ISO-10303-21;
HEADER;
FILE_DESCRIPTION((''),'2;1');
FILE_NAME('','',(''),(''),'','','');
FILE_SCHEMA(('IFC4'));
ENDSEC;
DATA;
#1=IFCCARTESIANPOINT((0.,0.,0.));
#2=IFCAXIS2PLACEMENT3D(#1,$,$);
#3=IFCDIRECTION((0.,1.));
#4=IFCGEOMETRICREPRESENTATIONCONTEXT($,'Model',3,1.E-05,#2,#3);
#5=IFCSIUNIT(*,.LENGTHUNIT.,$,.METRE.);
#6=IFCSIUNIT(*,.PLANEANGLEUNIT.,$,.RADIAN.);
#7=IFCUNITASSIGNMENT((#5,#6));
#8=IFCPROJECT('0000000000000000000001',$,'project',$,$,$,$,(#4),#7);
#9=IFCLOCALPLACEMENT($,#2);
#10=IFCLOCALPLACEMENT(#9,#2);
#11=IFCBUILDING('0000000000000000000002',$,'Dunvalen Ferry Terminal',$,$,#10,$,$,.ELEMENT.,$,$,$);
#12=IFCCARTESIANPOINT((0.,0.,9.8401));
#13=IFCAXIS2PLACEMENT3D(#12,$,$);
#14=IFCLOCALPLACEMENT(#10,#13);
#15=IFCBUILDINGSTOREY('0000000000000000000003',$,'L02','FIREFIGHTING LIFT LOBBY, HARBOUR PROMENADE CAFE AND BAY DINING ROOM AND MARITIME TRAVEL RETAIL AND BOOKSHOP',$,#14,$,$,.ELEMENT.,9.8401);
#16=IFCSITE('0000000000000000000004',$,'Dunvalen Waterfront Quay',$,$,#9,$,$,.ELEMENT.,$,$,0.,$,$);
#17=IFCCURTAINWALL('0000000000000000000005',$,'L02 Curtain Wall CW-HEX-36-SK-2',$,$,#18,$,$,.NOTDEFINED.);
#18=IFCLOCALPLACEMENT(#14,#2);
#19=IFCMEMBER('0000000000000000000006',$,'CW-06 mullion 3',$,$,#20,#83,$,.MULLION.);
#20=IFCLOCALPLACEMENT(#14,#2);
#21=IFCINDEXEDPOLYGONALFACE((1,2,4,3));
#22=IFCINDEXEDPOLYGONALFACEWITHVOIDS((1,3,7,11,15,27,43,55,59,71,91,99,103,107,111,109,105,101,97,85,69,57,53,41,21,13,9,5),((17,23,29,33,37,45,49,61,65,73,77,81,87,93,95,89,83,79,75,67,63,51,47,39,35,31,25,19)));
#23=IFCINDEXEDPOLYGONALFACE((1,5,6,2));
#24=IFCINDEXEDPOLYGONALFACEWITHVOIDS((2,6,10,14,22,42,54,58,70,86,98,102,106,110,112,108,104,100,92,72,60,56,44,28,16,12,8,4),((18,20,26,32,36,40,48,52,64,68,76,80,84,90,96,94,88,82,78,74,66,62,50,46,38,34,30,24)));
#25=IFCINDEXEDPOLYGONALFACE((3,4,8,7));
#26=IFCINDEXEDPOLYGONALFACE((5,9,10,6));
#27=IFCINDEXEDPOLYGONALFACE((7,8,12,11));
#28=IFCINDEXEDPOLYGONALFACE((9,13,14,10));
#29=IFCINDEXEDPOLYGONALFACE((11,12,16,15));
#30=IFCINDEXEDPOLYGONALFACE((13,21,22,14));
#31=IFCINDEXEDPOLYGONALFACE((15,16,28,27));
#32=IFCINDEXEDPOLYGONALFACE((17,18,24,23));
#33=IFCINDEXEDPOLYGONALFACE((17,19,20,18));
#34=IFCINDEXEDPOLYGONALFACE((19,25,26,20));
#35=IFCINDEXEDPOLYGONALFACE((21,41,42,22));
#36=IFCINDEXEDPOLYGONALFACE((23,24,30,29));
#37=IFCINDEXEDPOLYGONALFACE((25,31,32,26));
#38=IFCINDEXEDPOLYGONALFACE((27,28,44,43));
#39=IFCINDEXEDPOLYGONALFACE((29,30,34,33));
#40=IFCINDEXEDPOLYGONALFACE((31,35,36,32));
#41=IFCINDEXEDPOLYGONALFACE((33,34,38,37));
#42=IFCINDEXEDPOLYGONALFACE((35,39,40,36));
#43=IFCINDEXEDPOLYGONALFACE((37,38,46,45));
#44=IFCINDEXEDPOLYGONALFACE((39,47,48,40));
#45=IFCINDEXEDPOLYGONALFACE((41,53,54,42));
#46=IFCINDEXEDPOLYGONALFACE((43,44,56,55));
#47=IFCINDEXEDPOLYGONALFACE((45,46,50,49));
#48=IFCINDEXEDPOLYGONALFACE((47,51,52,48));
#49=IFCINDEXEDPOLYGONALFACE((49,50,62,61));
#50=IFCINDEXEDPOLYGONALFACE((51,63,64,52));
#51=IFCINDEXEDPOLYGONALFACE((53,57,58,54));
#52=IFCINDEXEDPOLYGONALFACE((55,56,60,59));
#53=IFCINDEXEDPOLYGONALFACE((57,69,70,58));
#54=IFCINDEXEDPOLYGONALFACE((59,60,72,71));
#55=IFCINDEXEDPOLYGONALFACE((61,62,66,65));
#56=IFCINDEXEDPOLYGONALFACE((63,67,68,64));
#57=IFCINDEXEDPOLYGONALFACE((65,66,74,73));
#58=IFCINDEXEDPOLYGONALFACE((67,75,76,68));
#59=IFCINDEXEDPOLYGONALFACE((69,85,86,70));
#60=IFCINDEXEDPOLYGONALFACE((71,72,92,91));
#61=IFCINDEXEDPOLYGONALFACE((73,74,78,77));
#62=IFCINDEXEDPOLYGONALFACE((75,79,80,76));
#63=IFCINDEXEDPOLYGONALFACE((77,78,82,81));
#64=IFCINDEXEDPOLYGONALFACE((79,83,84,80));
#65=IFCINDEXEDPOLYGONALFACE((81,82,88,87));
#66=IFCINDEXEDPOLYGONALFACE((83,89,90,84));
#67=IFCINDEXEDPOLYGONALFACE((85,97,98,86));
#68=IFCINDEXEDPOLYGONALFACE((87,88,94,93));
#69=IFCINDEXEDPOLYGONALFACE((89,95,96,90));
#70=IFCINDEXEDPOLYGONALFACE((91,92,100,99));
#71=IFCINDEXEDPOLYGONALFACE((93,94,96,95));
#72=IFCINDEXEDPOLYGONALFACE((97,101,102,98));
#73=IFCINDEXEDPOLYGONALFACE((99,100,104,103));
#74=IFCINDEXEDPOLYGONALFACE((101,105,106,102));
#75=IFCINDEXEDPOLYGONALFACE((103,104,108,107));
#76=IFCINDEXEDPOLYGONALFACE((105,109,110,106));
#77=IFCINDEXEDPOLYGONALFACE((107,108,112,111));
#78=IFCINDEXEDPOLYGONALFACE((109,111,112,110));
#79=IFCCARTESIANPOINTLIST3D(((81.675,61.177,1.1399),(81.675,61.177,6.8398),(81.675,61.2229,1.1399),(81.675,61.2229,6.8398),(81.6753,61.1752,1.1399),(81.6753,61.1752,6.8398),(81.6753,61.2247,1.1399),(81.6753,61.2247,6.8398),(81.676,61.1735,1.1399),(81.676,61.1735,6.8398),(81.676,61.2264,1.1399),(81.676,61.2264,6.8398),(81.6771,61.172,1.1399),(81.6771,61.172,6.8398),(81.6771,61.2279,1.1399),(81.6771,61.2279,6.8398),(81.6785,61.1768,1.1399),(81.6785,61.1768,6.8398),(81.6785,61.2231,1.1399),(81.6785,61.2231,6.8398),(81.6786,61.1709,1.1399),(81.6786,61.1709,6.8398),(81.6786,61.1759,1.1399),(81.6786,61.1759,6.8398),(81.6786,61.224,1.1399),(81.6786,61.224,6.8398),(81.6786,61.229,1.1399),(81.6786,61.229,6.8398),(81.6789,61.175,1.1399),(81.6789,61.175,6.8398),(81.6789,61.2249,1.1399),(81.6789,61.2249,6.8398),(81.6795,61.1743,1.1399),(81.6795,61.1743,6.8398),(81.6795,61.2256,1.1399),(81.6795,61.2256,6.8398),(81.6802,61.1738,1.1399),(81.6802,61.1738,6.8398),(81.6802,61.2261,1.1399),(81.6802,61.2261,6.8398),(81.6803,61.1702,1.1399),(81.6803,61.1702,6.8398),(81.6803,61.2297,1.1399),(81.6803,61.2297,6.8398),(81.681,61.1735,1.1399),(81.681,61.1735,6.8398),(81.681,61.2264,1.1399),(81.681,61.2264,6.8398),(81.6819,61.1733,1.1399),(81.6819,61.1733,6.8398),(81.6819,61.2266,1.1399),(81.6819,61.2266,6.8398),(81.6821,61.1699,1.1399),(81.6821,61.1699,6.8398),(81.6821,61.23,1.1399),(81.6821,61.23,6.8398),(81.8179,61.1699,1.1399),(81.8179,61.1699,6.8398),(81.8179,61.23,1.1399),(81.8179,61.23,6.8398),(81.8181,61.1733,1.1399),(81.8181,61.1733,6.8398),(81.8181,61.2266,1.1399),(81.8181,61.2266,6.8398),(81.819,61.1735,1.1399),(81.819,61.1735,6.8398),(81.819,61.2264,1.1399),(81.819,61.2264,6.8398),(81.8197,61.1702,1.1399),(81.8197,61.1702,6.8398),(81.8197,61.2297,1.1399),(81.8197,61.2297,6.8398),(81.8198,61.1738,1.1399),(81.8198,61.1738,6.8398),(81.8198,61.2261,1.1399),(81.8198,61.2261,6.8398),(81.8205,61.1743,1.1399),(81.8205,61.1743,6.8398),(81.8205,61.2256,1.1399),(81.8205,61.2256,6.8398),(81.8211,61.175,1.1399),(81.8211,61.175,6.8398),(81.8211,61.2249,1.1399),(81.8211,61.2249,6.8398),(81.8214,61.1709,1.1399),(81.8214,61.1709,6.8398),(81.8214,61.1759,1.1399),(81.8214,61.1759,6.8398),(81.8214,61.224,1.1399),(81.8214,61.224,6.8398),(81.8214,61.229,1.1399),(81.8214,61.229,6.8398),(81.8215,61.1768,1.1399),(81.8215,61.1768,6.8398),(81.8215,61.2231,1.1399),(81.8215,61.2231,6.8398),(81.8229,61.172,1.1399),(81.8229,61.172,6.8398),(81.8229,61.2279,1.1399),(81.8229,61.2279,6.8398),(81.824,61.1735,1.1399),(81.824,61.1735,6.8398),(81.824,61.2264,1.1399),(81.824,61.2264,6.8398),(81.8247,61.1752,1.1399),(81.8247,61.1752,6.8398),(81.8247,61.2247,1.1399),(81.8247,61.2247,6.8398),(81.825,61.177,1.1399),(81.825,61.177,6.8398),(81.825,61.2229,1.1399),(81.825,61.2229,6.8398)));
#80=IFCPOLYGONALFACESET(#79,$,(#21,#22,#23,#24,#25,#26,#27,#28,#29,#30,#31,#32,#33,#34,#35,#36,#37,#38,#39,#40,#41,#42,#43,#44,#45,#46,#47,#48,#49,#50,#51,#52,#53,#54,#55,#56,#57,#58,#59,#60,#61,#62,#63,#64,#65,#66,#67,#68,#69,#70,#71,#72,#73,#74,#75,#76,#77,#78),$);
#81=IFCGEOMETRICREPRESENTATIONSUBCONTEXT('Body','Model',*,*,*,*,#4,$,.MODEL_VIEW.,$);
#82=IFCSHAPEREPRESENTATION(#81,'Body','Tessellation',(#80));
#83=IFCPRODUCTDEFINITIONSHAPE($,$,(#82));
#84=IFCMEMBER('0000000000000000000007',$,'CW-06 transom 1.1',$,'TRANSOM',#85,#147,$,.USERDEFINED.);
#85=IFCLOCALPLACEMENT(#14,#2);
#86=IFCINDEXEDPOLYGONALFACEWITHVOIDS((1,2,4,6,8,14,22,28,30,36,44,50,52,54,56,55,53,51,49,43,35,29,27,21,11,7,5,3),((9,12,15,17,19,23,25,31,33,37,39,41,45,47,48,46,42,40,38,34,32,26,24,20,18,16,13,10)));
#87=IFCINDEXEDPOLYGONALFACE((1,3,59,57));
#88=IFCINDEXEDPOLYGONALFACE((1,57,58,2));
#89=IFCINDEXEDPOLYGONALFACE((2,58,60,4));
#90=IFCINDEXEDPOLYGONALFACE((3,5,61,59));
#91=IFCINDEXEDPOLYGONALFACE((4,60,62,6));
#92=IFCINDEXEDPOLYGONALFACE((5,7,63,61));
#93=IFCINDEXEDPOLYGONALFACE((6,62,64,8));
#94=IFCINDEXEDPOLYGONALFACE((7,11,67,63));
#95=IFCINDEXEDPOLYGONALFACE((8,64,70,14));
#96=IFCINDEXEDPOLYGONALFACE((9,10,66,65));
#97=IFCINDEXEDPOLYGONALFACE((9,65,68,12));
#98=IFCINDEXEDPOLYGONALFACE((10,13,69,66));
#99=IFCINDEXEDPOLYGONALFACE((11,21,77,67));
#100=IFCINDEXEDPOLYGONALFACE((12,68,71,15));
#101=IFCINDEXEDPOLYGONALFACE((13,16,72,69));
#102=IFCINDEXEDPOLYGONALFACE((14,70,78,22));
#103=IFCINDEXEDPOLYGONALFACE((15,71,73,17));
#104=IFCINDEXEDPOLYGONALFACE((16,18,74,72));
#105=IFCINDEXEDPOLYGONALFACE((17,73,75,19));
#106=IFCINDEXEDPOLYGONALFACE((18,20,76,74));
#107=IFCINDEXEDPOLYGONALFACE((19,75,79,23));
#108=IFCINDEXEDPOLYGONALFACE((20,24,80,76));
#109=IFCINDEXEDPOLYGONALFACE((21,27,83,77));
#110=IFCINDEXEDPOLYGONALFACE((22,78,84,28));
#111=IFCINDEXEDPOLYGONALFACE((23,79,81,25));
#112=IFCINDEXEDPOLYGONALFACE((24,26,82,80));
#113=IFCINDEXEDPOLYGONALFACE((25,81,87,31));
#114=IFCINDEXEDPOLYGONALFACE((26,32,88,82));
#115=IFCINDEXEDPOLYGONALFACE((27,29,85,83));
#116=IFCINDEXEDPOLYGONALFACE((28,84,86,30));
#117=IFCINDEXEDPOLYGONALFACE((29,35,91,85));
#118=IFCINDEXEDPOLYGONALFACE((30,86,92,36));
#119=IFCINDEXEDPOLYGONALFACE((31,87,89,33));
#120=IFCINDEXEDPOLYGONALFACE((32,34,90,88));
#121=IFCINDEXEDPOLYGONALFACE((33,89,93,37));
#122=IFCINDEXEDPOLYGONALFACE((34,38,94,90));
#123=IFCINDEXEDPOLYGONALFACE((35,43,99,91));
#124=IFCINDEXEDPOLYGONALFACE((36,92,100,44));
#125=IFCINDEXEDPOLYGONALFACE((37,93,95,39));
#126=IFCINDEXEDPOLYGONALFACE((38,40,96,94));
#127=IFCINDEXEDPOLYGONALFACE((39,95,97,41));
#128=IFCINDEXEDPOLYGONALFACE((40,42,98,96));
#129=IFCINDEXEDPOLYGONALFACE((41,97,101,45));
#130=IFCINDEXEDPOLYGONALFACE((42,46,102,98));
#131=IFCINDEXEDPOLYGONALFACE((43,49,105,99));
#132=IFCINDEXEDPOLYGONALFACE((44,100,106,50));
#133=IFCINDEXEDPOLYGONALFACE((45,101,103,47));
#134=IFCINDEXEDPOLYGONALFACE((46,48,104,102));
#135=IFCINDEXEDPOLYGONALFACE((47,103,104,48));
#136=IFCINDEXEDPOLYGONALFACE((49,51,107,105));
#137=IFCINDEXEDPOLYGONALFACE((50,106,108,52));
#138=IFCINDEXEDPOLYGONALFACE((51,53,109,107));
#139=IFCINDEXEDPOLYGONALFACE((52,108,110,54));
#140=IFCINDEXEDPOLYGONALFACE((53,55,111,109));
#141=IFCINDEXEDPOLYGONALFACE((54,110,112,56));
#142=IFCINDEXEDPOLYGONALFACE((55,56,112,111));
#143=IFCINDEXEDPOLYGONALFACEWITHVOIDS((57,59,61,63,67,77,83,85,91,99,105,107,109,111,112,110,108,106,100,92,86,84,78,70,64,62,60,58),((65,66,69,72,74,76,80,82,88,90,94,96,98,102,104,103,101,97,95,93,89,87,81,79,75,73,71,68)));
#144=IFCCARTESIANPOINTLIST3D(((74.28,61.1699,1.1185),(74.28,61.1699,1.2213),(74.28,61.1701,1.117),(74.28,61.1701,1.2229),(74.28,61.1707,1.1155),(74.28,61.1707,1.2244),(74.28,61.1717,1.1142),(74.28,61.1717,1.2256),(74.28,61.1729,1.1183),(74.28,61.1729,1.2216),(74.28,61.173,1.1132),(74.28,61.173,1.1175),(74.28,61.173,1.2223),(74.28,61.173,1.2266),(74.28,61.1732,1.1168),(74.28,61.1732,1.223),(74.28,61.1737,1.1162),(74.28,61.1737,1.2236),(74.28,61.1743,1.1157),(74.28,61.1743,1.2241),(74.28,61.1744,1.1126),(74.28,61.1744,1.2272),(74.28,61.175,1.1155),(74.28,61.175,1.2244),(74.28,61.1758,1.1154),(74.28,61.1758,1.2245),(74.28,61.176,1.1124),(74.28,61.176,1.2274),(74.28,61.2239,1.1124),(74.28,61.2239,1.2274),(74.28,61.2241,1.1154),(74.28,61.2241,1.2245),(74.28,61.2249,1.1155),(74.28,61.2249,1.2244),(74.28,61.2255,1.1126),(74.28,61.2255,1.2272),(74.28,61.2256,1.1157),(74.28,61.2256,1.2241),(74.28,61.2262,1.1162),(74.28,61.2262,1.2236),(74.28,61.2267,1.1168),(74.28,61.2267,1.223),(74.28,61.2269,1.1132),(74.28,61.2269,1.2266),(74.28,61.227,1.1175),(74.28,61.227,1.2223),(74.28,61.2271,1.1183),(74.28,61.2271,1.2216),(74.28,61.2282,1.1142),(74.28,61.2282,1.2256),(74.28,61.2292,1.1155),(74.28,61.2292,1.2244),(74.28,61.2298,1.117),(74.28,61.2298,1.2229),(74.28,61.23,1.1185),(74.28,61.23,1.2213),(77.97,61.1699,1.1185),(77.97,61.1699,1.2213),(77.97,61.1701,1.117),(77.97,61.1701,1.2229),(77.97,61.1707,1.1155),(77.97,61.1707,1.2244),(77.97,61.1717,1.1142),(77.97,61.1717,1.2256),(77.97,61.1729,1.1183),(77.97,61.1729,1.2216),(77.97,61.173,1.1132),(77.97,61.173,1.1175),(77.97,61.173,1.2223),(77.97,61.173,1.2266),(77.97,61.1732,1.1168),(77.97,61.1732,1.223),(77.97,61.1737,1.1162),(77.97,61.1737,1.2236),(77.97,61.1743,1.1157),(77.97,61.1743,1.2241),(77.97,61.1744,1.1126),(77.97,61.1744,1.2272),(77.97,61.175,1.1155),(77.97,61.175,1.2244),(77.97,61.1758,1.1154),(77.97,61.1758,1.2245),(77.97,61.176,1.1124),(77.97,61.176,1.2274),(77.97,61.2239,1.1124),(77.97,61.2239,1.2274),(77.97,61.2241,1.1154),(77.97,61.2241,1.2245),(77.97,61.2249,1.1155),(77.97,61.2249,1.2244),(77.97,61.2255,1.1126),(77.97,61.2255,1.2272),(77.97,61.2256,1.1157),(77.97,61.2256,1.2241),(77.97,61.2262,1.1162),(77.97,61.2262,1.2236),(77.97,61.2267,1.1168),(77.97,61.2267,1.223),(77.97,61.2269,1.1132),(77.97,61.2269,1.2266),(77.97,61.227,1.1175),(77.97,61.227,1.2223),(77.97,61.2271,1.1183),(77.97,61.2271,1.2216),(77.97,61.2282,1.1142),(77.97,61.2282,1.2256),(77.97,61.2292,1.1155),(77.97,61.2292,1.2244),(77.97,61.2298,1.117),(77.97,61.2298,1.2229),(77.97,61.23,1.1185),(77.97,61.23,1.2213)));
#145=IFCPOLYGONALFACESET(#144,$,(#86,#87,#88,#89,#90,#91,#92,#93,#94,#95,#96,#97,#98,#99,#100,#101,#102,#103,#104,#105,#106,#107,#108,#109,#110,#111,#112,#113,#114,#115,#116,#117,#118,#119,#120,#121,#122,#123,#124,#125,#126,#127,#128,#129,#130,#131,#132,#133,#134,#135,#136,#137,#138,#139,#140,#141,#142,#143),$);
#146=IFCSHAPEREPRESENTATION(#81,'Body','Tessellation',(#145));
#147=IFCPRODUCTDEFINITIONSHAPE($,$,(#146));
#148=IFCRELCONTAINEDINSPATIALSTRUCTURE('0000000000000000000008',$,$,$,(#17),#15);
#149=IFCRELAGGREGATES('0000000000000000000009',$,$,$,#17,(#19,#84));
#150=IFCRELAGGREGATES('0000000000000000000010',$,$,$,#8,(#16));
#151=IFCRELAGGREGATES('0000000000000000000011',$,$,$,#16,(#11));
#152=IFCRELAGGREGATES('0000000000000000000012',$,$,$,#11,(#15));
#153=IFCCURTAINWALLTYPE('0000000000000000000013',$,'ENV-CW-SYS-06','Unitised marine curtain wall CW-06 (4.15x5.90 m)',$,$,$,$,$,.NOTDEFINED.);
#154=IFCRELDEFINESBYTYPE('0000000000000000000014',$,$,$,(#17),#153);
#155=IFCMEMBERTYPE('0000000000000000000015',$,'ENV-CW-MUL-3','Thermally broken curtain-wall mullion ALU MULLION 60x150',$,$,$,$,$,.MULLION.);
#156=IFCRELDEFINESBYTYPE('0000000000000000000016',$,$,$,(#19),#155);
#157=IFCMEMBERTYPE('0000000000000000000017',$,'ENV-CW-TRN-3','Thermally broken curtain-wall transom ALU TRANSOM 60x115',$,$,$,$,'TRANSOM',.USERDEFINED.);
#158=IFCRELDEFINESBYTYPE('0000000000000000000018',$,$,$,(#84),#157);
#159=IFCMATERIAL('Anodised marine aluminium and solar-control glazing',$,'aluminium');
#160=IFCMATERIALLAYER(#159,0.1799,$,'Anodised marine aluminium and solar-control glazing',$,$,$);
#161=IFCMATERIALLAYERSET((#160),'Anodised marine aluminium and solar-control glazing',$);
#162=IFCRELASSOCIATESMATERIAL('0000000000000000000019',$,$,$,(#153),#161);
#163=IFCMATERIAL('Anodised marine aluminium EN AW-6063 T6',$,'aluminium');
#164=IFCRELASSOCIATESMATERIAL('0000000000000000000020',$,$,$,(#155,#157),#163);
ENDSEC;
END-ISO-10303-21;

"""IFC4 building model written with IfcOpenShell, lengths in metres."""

from ifc_helpers import new_model, si_unit, direction, frame, origin, origin_2d, place, context, subcontext, project, spatial, hollow_rectangle, extrude, material, layer, layer_set, material_profile, profile_set, type_object, element, aggregate, save


model = new_model("IFC4")

# Units and contexts
model_context = context("Model", 3, precision=1e-05, world=origin(), true_north=direction((0.0, 1.0)))
body_context = subcontext(model_context, "Body", "Model", "MODEL_VIEW")
ifc_project = project(units=[si_unit("LENGTHUNIT", "METRE"), si_unit("PLANEANGLEUNIT", "RADIAN")], contexts=[model_context])

# Site, building, storey
site_placement = place(None, origin())
site = spatial("IfcSite", under=ifc_project, at=site_placement, Name="Dunvalen Waterfront Quay", CompositionType="ELEMENT", RefElevation=0.0)
building_placement = place(site_placement, origin())
building = spatial("IfcBuilding", under=site, at=building_placement, Name="Dunvalen Ferry Terminal", CompositionType="ELEMENT")
storey_placement = place(building_placement, frame((0.0, 0.0, 9.8401)))
storey = spatial("IfcBuildingStorey", under=building, at=storey_placement, Name="L02", Description="FIREFIGHTING LIFT LOBBY, HARBOUR PROMENADE CAFE AND BAY DINING ROOM AND MARITIME TRAVEL RETAIL AND BOOKSHOP", CompositionType="ELEMENT", Elevation=9.8401)

# Curtain wall, members
ifc_material_1 = material(Name="Anodised marine aluminium and solar-control glazing", Category="aluminium")
ifc_layer_1 = layer(ifc_material_1, 0.1799, Name="Anodised marine aluminium and solar-control glazing")
ifc_layer_set_1 = layer_set([ifc_layer_1], Name="Anodised marine aluminium and solar-control glazing")
curtain_wall_type = type_object("IfcCurtainWallType", Name="ENV-CW-SYS-06", Description="Unitised marine curtain wall CW-06 (4.15x5.90 m)", PredefinedType="NOTDEFINED", material=ifc_layer_set_1)
curtain_wall_placement = place(storey_placement, origin())
curtain_wall = element("IfcCurtainWall", 1, at=curtain_wall_placement, inside=storey, type_object=curtain_wall_type, Name="L02 Curtain Wall CW-HEX-36-SK-2", PredefinedType="NOTDEFINED")
ifc_material_2 = material(Name="Anodised marine aluminium EN AW-6063 T6", Category="aluminium")
ifc_material_profile_1 = material_profile(ifc_material_2, hollow_rectangle(XDim=0.0601, YDim=0.1499, WallThickness=0.0034, InnerFilletRadius=0.0034, OuterFilletRadius=0.0071, at=origin_2d()), Name="Anodised marine aluminium EN AW-6063 T6")
ifc_profile_set_1 = profile_set([ifc_material_profile_1], Name="Anodised marine aluminium EN AW-6063 T6")
member_type_1 = type_object("IfcMemberType", Name="ENV-CW-MUL-3", Description="Thermally broken curtain-wall mullion ALU MULLION 60x150", PredefinedType="MULLION", material=ifc_profile_set_1)
member_1_placement = place(storey_placement, frame((81.75, 61.2, 1.1399), z_axis=(0.0, 0.0, 1.0), x_axis=(0.0, 1.0, 0.0)))
member_1 = element("IfcMember", 2, at=member_1_placement, type_object=member_type_1, Name="CW-06 mullion 3", PredefinedType="MULLION", context=body_context, shape_type="SweptSolid", body=[
    extrude(hollow_rectangle(XDim=0.0601, YDim=0.1499, WallThickness=0.0034, InnerFilletRadius=0.0034, OuterFilletRadius=0.0071, at=origin_2d()), origin(), (0.0, 0.0, 1.0), 5.7),
])
ifc_material_profile_2 = material_profile(ifc_material_2, hollow_rectangle(XDim=0.0601, YDim=0.115, WallThickness=0.0029, InnerFilletRadius=0.0029, OuterFilletRadius=0.0061, at=origin_2d()), Name="Anodised marine aluminium EN AW-6063 T6")
ifc_profile_set_2 = profile_set([ifc_material_profile_2], Name="Anodised marine aluminium EN AW-6063 T6")
member_type_2 = type_object("IfcMemberType", Name="ENV-CW-TRN-3", Description="Thermally broken curtain-wall transom ALU TRANSOM 60x115", ElementType="TRANSOM", PredefinedType="USERDEFINED", material=ifc_profile_set_2)
member_2_placement = place(storey_placement, frame((74.28, 61.2, 1.1699), z_axis=(1.0, 0.0, 0.0), x_axis=(0.0, 1.0, 0.0)))
member_2 = element("IfcMember", 3, at=member_2_placement, type_object=member_type_2, Name="CW-06 transom 1.1", ObjectType="TRANSOM", PredefinedType="USERDEFINED", context=body_context, shape_type="SweptSolid", body=[
    extrude(hollow_rectangle(XDim=0.0601, YDim=0.115, WallThickness=0.0029, InnerFilletRadius=0.0029, OuterFilletRadius=0.0061, at=origin_2d()), origin(), (0.0, 0.0, 1.0), 3.6899),
])

aggregate(curtain_wall, [member_1, member_2])

save(model, "model.ifc")
